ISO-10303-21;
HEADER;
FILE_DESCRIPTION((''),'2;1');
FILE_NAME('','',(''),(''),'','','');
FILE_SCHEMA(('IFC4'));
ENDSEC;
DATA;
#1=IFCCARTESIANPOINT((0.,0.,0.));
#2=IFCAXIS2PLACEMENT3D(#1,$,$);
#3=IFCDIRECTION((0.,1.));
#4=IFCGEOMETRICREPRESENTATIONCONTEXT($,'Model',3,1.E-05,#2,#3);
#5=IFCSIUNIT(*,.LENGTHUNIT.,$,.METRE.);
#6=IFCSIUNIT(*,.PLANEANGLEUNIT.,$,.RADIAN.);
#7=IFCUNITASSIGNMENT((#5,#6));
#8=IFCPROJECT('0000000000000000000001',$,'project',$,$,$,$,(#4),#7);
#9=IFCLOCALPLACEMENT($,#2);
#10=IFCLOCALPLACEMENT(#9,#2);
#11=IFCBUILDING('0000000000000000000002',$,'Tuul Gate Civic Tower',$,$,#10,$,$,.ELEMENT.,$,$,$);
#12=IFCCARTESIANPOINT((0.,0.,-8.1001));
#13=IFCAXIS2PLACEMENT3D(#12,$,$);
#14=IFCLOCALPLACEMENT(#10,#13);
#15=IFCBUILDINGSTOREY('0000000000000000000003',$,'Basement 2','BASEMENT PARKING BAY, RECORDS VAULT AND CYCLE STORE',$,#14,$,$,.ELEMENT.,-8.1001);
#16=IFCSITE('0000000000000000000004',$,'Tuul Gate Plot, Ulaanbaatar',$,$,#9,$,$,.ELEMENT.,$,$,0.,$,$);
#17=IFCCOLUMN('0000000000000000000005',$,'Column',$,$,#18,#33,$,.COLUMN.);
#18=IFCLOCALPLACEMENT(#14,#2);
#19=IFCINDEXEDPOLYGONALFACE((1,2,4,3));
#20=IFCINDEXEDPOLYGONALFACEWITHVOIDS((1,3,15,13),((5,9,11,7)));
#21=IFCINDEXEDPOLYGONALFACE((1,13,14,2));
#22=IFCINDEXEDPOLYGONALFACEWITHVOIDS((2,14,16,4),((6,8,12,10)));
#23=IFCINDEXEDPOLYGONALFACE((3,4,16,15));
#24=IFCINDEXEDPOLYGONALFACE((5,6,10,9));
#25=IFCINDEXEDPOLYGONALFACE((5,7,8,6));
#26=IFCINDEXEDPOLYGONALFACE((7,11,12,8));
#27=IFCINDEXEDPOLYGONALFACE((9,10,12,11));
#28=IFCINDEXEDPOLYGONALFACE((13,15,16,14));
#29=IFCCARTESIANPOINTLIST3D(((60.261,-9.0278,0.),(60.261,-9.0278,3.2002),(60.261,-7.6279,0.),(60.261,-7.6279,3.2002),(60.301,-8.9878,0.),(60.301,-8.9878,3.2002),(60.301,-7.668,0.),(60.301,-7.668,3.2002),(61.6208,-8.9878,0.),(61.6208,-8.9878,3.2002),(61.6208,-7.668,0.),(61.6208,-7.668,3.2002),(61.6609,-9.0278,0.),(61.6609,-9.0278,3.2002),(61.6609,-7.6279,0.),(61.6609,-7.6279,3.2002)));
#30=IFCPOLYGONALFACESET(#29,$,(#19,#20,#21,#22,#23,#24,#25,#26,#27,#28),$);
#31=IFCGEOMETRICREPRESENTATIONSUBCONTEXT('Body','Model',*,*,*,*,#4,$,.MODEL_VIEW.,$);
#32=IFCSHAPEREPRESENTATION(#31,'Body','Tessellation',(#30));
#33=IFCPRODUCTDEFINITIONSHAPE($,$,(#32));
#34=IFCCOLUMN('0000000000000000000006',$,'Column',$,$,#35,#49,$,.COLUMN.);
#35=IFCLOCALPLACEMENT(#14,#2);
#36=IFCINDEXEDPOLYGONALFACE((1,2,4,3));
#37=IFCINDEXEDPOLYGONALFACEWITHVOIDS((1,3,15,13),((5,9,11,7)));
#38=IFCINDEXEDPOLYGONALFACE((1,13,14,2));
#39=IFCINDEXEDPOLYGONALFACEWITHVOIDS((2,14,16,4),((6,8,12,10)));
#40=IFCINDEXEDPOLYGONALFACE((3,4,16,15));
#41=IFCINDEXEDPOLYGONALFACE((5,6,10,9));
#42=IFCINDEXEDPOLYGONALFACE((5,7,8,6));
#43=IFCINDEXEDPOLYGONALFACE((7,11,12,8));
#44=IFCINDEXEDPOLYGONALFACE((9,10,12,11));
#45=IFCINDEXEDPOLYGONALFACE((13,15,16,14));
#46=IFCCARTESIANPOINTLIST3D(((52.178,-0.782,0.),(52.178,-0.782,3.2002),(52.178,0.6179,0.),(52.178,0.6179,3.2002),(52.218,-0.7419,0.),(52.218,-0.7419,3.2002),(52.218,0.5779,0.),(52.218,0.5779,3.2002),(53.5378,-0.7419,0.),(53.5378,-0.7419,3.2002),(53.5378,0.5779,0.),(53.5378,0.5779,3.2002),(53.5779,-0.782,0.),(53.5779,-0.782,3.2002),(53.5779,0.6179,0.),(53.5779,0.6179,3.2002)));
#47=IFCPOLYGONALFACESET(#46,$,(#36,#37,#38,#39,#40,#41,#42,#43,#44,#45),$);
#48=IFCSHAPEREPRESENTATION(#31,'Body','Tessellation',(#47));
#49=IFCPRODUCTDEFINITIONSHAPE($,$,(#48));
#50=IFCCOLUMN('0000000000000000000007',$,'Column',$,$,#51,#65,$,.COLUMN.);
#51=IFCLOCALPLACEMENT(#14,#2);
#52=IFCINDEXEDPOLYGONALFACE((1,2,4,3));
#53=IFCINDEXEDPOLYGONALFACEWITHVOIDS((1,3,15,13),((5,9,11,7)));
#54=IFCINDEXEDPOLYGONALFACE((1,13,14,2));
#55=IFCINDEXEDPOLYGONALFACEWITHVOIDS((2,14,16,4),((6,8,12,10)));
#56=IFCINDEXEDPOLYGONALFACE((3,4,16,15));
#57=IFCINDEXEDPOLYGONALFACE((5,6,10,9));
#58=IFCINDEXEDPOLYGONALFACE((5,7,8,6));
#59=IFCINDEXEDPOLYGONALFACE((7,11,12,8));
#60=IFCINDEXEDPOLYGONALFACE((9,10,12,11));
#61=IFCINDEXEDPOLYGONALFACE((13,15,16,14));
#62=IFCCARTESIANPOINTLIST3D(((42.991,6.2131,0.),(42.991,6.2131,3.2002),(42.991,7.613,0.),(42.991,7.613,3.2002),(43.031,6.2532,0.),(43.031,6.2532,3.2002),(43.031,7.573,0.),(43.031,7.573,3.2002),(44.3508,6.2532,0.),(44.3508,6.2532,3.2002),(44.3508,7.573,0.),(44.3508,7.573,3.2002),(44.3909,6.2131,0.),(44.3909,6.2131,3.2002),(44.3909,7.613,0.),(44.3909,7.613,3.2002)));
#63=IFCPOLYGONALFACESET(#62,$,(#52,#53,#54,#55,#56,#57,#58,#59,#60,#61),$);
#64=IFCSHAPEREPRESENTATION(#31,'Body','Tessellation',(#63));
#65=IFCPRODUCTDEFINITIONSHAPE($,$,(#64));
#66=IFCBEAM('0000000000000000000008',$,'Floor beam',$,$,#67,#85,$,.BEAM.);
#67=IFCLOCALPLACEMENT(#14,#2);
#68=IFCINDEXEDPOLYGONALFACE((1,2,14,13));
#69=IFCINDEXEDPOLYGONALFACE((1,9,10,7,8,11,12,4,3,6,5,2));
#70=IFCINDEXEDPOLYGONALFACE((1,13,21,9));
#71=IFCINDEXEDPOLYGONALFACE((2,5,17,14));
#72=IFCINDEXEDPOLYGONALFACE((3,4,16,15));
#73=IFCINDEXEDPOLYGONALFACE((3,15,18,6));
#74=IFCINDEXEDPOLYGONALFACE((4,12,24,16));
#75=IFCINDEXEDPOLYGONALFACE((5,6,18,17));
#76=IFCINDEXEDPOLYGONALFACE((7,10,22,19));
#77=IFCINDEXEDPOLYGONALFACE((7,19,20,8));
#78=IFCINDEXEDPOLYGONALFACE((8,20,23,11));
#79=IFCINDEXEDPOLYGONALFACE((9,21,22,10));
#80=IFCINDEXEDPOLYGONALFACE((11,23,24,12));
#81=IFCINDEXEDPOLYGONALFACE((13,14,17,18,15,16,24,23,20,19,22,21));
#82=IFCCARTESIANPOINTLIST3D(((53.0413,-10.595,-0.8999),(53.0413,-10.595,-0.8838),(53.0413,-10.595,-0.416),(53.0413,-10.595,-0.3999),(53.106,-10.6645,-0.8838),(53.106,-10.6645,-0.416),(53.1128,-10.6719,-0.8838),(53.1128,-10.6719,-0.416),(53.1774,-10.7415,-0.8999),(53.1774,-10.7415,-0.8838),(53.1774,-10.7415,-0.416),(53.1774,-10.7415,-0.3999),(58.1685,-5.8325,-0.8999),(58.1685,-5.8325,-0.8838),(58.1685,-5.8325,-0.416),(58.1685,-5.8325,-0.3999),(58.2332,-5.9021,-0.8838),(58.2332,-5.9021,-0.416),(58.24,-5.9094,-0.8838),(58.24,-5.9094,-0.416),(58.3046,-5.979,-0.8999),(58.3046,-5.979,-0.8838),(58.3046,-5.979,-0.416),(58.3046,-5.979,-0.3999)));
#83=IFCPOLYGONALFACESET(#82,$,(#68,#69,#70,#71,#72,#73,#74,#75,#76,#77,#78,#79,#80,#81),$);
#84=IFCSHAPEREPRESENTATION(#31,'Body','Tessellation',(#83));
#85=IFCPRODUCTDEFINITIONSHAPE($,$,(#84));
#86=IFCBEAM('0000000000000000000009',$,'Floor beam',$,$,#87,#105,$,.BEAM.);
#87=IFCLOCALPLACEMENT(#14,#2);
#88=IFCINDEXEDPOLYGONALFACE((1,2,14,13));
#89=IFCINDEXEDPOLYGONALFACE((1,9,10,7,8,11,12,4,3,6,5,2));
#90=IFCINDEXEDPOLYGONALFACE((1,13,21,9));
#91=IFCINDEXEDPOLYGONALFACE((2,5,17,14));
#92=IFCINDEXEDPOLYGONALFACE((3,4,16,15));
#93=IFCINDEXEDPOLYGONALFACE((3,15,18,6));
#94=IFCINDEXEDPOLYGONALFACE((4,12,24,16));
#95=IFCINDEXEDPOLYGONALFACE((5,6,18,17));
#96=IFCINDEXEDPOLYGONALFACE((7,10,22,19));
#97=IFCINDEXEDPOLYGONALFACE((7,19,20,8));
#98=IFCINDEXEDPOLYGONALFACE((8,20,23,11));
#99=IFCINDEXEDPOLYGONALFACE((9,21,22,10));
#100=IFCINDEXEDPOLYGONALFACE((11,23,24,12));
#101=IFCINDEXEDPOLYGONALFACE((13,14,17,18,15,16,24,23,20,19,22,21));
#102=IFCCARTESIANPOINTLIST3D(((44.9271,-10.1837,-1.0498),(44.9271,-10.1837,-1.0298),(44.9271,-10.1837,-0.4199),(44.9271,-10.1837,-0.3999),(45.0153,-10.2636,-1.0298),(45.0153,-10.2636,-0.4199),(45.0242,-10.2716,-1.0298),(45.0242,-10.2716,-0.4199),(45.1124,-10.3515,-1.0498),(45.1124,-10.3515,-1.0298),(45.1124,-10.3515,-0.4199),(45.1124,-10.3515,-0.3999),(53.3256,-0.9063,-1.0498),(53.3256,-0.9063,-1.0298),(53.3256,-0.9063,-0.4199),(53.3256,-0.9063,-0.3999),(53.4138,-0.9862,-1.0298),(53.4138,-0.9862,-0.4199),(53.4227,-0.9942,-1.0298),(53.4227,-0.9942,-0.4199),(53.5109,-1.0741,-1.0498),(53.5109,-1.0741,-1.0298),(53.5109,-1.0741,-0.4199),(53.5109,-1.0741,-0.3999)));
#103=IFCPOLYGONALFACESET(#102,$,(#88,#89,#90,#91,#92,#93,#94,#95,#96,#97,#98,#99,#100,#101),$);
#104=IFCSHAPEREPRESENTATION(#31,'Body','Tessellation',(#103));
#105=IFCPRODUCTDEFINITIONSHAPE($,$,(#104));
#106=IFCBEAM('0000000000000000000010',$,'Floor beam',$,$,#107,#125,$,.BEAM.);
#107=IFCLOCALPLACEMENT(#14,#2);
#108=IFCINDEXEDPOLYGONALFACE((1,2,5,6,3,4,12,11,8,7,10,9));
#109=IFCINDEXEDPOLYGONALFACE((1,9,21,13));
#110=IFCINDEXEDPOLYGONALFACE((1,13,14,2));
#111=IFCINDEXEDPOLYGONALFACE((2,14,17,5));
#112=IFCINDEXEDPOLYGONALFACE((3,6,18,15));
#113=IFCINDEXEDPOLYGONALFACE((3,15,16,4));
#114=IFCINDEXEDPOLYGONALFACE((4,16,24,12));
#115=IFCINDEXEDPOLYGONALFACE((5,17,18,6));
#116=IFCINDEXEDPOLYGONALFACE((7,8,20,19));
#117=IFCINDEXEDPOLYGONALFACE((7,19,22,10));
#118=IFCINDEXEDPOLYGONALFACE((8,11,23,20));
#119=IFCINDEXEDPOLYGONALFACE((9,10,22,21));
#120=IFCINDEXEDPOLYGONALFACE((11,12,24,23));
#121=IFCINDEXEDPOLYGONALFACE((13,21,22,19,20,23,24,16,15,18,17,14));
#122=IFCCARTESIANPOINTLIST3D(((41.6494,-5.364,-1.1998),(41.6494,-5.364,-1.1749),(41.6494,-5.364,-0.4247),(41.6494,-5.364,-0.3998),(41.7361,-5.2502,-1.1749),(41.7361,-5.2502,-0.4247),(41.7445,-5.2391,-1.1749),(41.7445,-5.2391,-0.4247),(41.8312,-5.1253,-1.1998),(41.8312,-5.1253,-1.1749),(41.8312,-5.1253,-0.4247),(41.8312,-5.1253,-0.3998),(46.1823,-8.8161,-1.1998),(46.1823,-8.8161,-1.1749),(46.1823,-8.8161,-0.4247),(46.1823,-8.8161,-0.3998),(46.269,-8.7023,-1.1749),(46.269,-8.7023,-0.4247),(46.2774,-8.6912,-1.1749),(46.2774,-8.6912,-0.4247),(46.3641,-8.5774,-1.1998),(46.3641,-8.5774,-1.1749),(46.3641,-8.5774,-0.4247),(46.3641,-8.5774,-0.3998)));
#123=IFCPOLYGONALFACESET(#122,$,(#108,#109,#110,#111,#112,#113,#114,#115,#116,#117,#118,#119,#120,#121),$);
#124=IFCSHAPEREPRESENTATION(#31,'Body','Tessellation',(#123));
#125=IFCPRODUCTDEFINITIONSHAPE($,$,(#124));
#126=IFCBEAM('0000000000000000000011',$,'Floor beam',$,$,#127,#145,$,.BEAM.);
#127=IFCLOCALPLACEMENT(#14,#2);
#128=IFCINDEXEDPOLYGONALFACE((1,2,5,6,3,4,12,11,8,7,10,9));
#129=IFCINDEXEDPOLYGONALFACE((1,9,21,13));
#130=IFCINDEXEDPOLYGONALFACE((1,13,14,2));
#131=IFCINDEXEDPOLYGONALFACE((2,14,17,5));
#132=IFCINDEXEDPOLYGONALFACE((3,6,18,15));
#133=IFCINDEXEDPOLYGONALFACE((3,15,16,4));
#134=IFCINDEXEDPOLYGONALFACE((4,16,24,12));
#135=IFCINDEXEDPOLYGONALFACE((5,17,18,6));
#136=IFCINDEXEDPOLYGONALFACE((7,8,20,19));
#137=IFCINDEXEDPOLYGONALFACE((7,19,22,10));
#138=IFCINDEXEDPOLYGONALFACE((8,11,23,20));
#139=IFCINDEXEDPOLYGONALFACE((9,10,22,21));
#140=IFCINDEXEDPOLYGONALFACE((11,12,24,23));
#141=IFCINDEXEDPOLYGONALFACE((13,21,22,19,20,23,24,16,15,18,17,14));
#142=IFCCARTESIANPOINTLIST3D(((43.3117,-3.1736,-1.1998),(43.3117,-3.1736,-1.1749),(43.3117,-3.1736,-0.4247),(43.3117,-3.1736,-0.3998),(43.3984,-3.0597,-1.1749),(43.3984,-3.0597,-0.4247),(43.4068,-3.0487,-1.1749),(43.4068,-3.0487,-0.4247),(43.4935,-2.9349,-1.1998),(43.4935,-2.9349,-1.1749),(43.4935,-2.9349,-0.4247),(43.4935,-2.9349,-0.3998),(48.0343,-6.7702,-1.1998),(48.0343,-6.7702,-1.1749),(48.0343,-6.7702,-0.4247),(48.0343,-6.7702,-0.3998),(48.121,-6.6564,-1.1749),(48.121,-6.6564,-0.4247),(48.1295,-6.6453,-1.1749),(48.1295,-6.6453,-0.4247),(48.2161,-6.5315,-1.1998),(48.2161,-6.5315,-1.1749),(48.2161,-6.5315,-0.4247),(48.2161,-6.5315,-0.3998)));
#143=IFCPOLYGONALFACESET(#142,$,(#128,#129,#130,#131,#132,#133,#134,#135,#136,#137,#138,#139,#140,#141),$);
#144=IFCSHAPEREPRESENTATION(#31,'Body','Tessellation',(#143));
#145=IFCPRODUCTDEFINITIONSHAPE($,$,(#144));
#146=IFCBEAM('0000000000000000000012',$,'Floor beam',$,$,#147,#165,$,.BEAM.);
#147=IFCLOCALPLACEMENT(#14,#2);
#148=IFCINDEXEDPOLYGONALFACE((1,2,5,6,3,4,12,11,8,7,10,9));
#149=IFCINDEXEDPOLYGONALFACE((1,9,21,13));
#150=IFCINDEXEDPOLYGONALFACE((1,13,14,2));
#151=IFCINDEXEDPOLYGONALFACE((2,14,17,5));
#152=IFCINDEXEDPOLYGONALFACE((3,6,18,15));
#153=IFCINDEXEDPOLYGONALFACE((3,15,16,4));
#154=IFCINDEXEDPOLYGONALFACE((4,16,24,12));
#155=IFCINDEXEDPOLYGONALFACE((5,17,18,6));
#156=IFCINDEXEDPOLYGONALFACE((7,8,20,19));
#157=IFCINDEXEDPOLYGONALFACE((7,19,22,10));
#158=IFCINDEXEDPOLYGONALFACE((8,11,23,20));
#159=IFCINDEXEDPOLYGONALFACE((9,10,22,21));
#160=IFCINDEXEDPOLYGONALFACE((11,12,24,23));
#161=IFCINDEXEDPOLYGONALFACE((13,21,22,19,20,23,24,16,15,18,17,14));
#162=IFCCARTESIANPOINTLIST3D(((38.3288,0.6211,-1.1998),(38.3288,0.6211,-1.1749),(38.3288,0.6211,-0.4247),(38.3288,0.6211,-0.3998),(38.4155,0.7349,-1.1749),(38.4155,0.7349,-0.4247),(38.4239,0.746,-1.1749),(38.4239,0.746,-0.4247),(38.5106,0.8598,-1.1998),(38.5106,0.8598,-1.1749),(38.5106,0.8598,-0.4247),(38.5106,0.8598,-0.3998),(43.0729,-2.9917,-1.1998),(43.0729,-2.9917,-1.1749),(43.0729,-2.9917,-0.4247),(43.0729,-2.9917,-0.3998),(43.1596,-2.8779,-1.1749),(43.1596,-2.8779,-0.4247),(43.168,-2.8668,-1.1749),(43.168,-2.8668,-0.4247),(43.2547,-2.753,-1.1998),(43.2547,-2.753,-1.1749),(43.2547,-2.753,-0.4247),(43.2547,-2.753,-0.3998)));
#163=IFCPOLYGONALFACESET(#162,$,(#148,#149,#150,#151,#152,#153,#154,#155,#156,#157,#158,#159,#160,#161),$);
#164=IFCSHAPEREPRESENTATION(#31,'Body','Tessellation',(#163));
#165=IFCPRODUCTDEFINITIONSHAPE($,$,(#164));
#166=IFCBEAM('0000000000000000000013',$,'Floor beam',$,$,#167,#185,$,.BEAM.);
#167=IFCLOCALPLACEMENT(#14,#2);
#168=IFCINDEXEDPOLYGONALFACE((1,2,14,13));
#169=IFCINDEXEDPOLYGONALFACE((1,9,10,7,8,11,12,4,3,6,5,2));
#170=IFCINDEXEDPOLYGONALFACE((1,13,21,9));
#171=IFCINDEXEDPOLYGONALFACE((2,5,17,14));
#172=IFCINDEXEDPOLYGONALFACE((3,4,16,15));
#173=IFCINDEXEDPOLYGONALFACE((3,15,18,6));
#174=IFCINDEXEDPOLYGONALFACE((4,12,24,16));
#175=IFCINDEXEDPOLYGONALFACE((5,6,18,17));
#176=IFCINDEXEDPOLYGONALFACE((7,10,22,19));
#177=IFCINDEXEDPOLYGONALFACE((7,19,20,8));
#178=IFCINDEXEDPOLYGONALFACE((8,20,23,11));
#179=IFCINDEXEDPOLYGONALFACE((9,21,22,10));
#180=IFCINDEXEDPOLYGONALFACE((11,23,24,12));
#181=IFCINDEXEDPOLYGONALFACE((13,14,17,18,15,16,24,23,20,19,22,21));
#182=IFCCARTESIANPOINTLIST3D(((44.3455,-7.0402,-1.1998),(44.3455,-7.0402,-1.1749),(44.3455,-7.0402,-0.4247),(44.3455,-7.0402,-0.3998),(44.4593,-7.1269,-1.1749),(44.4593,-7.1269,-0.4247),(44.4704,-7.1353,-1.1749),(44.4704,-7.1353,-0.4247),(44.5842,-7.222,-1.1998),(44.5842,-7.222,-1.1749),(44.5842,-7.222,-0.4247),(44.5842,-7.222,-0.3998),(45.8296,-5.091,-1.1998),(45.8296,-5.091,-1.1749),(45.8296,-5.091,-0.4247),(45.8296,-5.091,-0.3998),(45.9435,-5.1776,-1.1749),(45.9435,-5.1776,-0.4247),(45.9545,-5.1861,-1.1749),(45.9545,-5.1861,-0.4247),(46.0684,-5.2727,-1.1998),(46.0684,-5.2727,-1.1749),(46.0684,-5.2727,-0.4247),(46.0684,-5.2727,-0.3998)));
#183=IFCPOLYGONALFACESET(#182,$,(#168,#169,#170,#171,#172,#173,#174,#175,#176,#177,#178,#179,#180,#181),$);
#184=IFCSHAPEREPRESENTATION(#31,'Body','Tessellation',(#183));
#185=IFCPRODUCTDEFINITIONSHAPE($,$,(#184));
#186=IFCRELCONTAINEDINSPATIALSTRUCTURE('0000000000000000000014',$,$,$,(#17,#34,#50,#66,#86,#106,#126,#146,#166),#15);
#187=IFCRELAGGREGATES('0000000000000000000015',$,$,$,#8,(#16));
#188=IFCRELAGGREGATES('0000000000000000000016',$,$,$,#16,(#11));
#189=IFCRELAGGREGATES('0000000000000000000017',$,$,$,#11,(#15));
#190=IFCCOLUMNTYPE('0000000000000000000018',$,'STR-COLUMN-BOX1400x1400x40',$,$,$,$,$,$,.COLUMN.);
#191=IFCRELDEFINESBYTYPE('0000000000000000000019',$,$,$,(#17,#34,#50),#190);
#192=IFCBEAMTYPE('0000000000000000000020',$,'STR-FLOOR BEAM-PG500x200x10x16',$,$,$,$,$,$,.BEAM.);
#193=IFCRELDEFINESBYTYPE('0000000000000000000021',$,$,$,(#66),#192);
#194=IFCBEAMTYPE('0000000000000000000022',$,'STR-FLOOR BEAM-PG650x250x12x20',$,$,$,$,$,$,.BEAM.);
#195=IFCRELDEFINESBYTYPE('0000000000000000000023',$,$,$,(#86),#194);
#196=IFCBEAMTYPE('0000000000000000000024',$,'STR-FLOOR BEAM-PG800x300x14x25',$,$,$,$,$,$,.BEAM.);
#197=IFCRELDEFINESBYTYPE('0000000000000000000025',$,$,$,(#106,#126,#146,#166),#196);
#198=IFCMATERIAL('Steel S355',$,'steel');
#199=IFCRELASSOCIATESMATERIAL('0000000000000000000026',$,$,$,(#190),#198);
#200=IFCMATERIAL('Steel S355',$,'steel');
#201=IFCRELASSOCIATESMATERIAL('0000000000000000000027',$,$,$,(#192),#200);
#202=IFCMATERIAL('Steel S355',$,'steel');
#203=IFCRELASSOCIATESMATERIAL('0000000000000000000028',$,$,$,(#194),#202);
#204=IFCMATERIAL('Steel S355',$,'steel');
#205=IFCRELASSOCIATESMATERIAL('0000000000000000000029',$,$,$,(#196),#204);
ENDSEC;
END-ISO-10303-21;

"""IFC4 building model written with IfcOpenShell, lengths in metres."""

from ifc_helpers import new_model, si_unit, direction, frame, origin, origin_2d, place, context, subcontext, project, spatial, hollow_rectangle, i_section, extrude, material, material_profile, profile_set, type_object, element, save


model = new_model("IFC4")

# Units and contexts
model_context = context("Model", 3, precision=1e-05, world=origin(), true_north=direction((0.0, 1.0)))
body_context = subcontext(model_context, "Body", "Model", "MODEL_VIEW")
ifc_project = project(units=[si_unit("LENGTHUNIT", "METRE"), si_unit("PLANEANGLEUNIT", "RADIAN")], contexts=[model_context])

# Site, building, storey
site_placement = place(None, origin())
site = spatial("IfcSite", under=ifc_project, at=site_placement, Name="Tuul Gate Plot, Ulaanbaatar", CompositionType="ELEMENT", RefElevation=0.0)
building_placement = place(site_placement, origin())
building = spatial("IfcBuilding", under=site, at=building_placement, Name="Tuul Gate Civic Tower", CompositionType="ELEMENT")
storey_placement = place(building_placement, frame((0.0, 0.0, -8.1001)))
storey = spatial("IfcBuildingStorey", under=building, at=storey_placement, Name="Basement 2", Description="BASEMENT PARKING BAY, RECORDS VAULT AND CYCLE STORE", CompositionType="ELEMENT", Elevation=-8.1001)

# Columns
ifc_material_1 = material(Name="Steel S355", Category="steel")
ifc_material_profile_1 = material_profile(ifc_material_1, hollow_rectangle(XDim=1.3999, YDim=1.3999, WallThickness=0.04, at=origin_2d()), Name="BOX1400x1400x40")
ifc_profile_set_1 = profile_set([ifc_material_profile_1], Name="Steel S355")
column_type = type_object("IfcColumnType", Name="STR-COLUMN-BOX1400x1400x40", PredefinedType="COLUMN", material=ifc_profile_set_1)
for number, where, z_axis, x_axis, name in (
    (1, (60.9609, -8.3279, 0.0), (0.0, 0.0, 1.0), (1.0, 0.0, 0.0), "Column"),
    (2, (52.8779, -0.082, 0.0), (0.0, 0.0, 1.0), (1.0, 0.0, 0.0), "Column"),
    (3, (43.6909, 6.9131, 0.0), (0.0, 0.0, 1.0), (1.0, 0.0, 0.0), "Column"),
):
    element("IfcColumn", number, at=place(storey_placement, frame(where, z_axis=z_axis, x_axis=x_axis)), inside=storey, type_object=column_type, Name=name, PredefinedType="COLUMN", context=body_context, shape_type="SweptSolid", body=[
        extrude(hollow_rectangle(XDim=1.3999, YDim=1.3999, WallThickness=0.04, at=origin_2d()), origin(), (0.0, 0.0, 1.0), 3.2002),
    ])

# Beams
ifc_material_2 = material(Name="Steel S355", Category="steel")
ifc_material_profile_2 = material_profile(ifc_material_2, i_section(OverallWidth=0.2, OverallDepth=0.5, WebThickness=0.01, FlangeThickness=0.0161, at=origin_2d()), Name="PG500x200x10x16")
ifc_profile_set_2 = profile_set([ifc_material_profile_2], Name="Steel S355")
beam_type_1 = type_object("IfcBeamType", Name="STR-FLOOR BEAM-PG500x200x10x16", PredefinedType="BEAM", material=ifc_profile_set_2)
beam_1_placement = place(storey_placement, frame((53.1094, -10.6682, -0.6499), z_axis=(0.732688, 0.680565, 0.0), x_axis=(-0.680565, 0.732688, 0.0)))
element("IfcBeam", 4, at=beam_1_placement, inside=storey, type_object=beam_type_1, Name="Floor beam", PredefinedType="BEAM", context=body_context, shape_type="SweptSolid", body=[
    extrude(i_section(OverallWidth=0.2, OverallDepth=0.5, WebThickness=0.01, FlangeThickness=0.0161, at=origin_2d()), origin(), (0.0, 0.0, 1.0), 6.9978),
])
ifc_material_3 = material(Name="Steel S355", Category="steel")
ifc_material_profile_3 = material_profile(ifc_material_3, i_section(OverallWidth=0.25, OverallDepth=0.6499, WebThickness=0.012, FlangeThickness=0.02, at=origin_2d()), Name="PG650x250x12x20")
ifc_profile_set_3 = profile_set([ifc_material_profile_3], Name="Steel S355")
beam_type_2 = type_object("IfcBeamType", Name="STR-FLOOR BEAM-PG650x250x12x20", PredefinedType="BEAM", material=ifc_profile_set_3)
beam_2_placement = place(storey_placement, frame((45.0198, -10.2676, -0.7249), z_axis=(0.671118, 0.741351, 0.0), x_axis=(-0.741351, 0.671118, 0.0)))
element("IfcBeam", 5, at=beam_2_placement, inside=storey, type_object=beam_type_2, Name="Floor beam", PredefinedType="BEAM", context=body_context, shape_type="SweptSolid", body=[
    extrude(i_section(OverallWidth=0.25, OverallDepth=0.6499, WebThickness=0.012, FlangeThickness=0.02, at=origin_2d()), origin(), (0.0, 0.0, 1.0), 12.5142),
])
ifc_material_4 = material(Name="Steel S355", Category="steel")
ifc_material_profile_4 = material_profile(ifc_material_4, i_section(OverallWidth=0.3, OverallDepth=0.8, WebThickness=0.0139, FlangeThickness=0.0249, at=origin_2d()), Name="PG800x300x14x25")
ifc_profile_set_4 = profile_set([ifc_material_profile_4], Name="Steel S355")
beam_type_3 = type_object("IfcBeamType", Name="STR-FLOOR BEAM-PG800x300x14x25", PredefinedType="BEAM", material=ifc_profile_set_4)
beam_3_placement = place(storey_placement, frame((46.2732, -8.6968, -0.7998), z_axis=(-0.795562, 0.605873, 0.0), x_axis=(-0.605873, -0.795562, 0.0)))
element("IfcBeam", 6, at=beam_3_placement, inside=storey, type_object=beam_type_3, Name="Floor beam", PredefinedType="BEAM", context=body_context, shape_type="SweptSolid", body=[
    extrude(i_section(OverallWidth=0.3, OverallDepth=0.8, WebThickness=0.0139, FlangeThickness=0.0249, at=origin_2d()), origin(), (0.0, 0.0, 1.0), 5.6978),
])
beam_4_placement = place(storey_placement, frame((48.1252, -6.6509, -0.7998), z_axis=(-0.795556, 0.60588, 0.0), x_axis=(-0.60588, -0.795556, 0.0)))
element("IfcBeam", 7, at=beam_4_placement, inside=storey, type_object=beam_type_3, Name="Floor beam", PredefinedType="BEAM", context=body_context, shape_type="SweptSolid", body=[
    extrude(i_section(OverallWidth=0.3, OverallDepth=0.8, WebThickness=0.0139, FlangeThickness=0.0249, at=origin_2d()), origin(), (0.0, 0.0, 1.0), 5.9363),
])
beam_5_placement = place(storey_placement, frame((43.1638, -2.8723, -0.7998), z_axis=(-0.795576, 0.605853, 0.0), x_axis=(-0.605853, -0.795576, 0.0)))
element("IfcBeam", 8, at=beam_5_placement, inside=storey, type_object=beam_type_3, Name="Floor beam", PredefinedType="BEAM", context=body_context, shape_type="SweptSolid", body=[
    extrude(i_section(OverallWidth=0.3, OverallDepth=0.8, WebThickness=0.0139, FlangeThickness=0.0249, at=origin_2d()), origin(), (0.0, 0.0, 1.0), 5.9631),
])
beam_6_placement = place(storey_placement, frame((44.4648, -7.1311, -0.7998), z_axis=(0.605788, 0.795626, 0.0), x_axis=(-0.795626, 0.605788, 0.0)))
element("IfcBeam", 9, at=beam_6_placement, inside=storey, type_object=beam_type_3, Name="Floor beam", PredefinedType="BEAM", context=body_context, shape_type="SweptSolid", body=[
    extrude(i_section(OverallWidth=0.3, OverallDepth=0.8, WebThickness=0.0139, FlangeThickness=0.0249, at=origin_2d()), origin(), (0.0, 0.0, 1.0), 2.45),
])

save(model, "model.ifc")
